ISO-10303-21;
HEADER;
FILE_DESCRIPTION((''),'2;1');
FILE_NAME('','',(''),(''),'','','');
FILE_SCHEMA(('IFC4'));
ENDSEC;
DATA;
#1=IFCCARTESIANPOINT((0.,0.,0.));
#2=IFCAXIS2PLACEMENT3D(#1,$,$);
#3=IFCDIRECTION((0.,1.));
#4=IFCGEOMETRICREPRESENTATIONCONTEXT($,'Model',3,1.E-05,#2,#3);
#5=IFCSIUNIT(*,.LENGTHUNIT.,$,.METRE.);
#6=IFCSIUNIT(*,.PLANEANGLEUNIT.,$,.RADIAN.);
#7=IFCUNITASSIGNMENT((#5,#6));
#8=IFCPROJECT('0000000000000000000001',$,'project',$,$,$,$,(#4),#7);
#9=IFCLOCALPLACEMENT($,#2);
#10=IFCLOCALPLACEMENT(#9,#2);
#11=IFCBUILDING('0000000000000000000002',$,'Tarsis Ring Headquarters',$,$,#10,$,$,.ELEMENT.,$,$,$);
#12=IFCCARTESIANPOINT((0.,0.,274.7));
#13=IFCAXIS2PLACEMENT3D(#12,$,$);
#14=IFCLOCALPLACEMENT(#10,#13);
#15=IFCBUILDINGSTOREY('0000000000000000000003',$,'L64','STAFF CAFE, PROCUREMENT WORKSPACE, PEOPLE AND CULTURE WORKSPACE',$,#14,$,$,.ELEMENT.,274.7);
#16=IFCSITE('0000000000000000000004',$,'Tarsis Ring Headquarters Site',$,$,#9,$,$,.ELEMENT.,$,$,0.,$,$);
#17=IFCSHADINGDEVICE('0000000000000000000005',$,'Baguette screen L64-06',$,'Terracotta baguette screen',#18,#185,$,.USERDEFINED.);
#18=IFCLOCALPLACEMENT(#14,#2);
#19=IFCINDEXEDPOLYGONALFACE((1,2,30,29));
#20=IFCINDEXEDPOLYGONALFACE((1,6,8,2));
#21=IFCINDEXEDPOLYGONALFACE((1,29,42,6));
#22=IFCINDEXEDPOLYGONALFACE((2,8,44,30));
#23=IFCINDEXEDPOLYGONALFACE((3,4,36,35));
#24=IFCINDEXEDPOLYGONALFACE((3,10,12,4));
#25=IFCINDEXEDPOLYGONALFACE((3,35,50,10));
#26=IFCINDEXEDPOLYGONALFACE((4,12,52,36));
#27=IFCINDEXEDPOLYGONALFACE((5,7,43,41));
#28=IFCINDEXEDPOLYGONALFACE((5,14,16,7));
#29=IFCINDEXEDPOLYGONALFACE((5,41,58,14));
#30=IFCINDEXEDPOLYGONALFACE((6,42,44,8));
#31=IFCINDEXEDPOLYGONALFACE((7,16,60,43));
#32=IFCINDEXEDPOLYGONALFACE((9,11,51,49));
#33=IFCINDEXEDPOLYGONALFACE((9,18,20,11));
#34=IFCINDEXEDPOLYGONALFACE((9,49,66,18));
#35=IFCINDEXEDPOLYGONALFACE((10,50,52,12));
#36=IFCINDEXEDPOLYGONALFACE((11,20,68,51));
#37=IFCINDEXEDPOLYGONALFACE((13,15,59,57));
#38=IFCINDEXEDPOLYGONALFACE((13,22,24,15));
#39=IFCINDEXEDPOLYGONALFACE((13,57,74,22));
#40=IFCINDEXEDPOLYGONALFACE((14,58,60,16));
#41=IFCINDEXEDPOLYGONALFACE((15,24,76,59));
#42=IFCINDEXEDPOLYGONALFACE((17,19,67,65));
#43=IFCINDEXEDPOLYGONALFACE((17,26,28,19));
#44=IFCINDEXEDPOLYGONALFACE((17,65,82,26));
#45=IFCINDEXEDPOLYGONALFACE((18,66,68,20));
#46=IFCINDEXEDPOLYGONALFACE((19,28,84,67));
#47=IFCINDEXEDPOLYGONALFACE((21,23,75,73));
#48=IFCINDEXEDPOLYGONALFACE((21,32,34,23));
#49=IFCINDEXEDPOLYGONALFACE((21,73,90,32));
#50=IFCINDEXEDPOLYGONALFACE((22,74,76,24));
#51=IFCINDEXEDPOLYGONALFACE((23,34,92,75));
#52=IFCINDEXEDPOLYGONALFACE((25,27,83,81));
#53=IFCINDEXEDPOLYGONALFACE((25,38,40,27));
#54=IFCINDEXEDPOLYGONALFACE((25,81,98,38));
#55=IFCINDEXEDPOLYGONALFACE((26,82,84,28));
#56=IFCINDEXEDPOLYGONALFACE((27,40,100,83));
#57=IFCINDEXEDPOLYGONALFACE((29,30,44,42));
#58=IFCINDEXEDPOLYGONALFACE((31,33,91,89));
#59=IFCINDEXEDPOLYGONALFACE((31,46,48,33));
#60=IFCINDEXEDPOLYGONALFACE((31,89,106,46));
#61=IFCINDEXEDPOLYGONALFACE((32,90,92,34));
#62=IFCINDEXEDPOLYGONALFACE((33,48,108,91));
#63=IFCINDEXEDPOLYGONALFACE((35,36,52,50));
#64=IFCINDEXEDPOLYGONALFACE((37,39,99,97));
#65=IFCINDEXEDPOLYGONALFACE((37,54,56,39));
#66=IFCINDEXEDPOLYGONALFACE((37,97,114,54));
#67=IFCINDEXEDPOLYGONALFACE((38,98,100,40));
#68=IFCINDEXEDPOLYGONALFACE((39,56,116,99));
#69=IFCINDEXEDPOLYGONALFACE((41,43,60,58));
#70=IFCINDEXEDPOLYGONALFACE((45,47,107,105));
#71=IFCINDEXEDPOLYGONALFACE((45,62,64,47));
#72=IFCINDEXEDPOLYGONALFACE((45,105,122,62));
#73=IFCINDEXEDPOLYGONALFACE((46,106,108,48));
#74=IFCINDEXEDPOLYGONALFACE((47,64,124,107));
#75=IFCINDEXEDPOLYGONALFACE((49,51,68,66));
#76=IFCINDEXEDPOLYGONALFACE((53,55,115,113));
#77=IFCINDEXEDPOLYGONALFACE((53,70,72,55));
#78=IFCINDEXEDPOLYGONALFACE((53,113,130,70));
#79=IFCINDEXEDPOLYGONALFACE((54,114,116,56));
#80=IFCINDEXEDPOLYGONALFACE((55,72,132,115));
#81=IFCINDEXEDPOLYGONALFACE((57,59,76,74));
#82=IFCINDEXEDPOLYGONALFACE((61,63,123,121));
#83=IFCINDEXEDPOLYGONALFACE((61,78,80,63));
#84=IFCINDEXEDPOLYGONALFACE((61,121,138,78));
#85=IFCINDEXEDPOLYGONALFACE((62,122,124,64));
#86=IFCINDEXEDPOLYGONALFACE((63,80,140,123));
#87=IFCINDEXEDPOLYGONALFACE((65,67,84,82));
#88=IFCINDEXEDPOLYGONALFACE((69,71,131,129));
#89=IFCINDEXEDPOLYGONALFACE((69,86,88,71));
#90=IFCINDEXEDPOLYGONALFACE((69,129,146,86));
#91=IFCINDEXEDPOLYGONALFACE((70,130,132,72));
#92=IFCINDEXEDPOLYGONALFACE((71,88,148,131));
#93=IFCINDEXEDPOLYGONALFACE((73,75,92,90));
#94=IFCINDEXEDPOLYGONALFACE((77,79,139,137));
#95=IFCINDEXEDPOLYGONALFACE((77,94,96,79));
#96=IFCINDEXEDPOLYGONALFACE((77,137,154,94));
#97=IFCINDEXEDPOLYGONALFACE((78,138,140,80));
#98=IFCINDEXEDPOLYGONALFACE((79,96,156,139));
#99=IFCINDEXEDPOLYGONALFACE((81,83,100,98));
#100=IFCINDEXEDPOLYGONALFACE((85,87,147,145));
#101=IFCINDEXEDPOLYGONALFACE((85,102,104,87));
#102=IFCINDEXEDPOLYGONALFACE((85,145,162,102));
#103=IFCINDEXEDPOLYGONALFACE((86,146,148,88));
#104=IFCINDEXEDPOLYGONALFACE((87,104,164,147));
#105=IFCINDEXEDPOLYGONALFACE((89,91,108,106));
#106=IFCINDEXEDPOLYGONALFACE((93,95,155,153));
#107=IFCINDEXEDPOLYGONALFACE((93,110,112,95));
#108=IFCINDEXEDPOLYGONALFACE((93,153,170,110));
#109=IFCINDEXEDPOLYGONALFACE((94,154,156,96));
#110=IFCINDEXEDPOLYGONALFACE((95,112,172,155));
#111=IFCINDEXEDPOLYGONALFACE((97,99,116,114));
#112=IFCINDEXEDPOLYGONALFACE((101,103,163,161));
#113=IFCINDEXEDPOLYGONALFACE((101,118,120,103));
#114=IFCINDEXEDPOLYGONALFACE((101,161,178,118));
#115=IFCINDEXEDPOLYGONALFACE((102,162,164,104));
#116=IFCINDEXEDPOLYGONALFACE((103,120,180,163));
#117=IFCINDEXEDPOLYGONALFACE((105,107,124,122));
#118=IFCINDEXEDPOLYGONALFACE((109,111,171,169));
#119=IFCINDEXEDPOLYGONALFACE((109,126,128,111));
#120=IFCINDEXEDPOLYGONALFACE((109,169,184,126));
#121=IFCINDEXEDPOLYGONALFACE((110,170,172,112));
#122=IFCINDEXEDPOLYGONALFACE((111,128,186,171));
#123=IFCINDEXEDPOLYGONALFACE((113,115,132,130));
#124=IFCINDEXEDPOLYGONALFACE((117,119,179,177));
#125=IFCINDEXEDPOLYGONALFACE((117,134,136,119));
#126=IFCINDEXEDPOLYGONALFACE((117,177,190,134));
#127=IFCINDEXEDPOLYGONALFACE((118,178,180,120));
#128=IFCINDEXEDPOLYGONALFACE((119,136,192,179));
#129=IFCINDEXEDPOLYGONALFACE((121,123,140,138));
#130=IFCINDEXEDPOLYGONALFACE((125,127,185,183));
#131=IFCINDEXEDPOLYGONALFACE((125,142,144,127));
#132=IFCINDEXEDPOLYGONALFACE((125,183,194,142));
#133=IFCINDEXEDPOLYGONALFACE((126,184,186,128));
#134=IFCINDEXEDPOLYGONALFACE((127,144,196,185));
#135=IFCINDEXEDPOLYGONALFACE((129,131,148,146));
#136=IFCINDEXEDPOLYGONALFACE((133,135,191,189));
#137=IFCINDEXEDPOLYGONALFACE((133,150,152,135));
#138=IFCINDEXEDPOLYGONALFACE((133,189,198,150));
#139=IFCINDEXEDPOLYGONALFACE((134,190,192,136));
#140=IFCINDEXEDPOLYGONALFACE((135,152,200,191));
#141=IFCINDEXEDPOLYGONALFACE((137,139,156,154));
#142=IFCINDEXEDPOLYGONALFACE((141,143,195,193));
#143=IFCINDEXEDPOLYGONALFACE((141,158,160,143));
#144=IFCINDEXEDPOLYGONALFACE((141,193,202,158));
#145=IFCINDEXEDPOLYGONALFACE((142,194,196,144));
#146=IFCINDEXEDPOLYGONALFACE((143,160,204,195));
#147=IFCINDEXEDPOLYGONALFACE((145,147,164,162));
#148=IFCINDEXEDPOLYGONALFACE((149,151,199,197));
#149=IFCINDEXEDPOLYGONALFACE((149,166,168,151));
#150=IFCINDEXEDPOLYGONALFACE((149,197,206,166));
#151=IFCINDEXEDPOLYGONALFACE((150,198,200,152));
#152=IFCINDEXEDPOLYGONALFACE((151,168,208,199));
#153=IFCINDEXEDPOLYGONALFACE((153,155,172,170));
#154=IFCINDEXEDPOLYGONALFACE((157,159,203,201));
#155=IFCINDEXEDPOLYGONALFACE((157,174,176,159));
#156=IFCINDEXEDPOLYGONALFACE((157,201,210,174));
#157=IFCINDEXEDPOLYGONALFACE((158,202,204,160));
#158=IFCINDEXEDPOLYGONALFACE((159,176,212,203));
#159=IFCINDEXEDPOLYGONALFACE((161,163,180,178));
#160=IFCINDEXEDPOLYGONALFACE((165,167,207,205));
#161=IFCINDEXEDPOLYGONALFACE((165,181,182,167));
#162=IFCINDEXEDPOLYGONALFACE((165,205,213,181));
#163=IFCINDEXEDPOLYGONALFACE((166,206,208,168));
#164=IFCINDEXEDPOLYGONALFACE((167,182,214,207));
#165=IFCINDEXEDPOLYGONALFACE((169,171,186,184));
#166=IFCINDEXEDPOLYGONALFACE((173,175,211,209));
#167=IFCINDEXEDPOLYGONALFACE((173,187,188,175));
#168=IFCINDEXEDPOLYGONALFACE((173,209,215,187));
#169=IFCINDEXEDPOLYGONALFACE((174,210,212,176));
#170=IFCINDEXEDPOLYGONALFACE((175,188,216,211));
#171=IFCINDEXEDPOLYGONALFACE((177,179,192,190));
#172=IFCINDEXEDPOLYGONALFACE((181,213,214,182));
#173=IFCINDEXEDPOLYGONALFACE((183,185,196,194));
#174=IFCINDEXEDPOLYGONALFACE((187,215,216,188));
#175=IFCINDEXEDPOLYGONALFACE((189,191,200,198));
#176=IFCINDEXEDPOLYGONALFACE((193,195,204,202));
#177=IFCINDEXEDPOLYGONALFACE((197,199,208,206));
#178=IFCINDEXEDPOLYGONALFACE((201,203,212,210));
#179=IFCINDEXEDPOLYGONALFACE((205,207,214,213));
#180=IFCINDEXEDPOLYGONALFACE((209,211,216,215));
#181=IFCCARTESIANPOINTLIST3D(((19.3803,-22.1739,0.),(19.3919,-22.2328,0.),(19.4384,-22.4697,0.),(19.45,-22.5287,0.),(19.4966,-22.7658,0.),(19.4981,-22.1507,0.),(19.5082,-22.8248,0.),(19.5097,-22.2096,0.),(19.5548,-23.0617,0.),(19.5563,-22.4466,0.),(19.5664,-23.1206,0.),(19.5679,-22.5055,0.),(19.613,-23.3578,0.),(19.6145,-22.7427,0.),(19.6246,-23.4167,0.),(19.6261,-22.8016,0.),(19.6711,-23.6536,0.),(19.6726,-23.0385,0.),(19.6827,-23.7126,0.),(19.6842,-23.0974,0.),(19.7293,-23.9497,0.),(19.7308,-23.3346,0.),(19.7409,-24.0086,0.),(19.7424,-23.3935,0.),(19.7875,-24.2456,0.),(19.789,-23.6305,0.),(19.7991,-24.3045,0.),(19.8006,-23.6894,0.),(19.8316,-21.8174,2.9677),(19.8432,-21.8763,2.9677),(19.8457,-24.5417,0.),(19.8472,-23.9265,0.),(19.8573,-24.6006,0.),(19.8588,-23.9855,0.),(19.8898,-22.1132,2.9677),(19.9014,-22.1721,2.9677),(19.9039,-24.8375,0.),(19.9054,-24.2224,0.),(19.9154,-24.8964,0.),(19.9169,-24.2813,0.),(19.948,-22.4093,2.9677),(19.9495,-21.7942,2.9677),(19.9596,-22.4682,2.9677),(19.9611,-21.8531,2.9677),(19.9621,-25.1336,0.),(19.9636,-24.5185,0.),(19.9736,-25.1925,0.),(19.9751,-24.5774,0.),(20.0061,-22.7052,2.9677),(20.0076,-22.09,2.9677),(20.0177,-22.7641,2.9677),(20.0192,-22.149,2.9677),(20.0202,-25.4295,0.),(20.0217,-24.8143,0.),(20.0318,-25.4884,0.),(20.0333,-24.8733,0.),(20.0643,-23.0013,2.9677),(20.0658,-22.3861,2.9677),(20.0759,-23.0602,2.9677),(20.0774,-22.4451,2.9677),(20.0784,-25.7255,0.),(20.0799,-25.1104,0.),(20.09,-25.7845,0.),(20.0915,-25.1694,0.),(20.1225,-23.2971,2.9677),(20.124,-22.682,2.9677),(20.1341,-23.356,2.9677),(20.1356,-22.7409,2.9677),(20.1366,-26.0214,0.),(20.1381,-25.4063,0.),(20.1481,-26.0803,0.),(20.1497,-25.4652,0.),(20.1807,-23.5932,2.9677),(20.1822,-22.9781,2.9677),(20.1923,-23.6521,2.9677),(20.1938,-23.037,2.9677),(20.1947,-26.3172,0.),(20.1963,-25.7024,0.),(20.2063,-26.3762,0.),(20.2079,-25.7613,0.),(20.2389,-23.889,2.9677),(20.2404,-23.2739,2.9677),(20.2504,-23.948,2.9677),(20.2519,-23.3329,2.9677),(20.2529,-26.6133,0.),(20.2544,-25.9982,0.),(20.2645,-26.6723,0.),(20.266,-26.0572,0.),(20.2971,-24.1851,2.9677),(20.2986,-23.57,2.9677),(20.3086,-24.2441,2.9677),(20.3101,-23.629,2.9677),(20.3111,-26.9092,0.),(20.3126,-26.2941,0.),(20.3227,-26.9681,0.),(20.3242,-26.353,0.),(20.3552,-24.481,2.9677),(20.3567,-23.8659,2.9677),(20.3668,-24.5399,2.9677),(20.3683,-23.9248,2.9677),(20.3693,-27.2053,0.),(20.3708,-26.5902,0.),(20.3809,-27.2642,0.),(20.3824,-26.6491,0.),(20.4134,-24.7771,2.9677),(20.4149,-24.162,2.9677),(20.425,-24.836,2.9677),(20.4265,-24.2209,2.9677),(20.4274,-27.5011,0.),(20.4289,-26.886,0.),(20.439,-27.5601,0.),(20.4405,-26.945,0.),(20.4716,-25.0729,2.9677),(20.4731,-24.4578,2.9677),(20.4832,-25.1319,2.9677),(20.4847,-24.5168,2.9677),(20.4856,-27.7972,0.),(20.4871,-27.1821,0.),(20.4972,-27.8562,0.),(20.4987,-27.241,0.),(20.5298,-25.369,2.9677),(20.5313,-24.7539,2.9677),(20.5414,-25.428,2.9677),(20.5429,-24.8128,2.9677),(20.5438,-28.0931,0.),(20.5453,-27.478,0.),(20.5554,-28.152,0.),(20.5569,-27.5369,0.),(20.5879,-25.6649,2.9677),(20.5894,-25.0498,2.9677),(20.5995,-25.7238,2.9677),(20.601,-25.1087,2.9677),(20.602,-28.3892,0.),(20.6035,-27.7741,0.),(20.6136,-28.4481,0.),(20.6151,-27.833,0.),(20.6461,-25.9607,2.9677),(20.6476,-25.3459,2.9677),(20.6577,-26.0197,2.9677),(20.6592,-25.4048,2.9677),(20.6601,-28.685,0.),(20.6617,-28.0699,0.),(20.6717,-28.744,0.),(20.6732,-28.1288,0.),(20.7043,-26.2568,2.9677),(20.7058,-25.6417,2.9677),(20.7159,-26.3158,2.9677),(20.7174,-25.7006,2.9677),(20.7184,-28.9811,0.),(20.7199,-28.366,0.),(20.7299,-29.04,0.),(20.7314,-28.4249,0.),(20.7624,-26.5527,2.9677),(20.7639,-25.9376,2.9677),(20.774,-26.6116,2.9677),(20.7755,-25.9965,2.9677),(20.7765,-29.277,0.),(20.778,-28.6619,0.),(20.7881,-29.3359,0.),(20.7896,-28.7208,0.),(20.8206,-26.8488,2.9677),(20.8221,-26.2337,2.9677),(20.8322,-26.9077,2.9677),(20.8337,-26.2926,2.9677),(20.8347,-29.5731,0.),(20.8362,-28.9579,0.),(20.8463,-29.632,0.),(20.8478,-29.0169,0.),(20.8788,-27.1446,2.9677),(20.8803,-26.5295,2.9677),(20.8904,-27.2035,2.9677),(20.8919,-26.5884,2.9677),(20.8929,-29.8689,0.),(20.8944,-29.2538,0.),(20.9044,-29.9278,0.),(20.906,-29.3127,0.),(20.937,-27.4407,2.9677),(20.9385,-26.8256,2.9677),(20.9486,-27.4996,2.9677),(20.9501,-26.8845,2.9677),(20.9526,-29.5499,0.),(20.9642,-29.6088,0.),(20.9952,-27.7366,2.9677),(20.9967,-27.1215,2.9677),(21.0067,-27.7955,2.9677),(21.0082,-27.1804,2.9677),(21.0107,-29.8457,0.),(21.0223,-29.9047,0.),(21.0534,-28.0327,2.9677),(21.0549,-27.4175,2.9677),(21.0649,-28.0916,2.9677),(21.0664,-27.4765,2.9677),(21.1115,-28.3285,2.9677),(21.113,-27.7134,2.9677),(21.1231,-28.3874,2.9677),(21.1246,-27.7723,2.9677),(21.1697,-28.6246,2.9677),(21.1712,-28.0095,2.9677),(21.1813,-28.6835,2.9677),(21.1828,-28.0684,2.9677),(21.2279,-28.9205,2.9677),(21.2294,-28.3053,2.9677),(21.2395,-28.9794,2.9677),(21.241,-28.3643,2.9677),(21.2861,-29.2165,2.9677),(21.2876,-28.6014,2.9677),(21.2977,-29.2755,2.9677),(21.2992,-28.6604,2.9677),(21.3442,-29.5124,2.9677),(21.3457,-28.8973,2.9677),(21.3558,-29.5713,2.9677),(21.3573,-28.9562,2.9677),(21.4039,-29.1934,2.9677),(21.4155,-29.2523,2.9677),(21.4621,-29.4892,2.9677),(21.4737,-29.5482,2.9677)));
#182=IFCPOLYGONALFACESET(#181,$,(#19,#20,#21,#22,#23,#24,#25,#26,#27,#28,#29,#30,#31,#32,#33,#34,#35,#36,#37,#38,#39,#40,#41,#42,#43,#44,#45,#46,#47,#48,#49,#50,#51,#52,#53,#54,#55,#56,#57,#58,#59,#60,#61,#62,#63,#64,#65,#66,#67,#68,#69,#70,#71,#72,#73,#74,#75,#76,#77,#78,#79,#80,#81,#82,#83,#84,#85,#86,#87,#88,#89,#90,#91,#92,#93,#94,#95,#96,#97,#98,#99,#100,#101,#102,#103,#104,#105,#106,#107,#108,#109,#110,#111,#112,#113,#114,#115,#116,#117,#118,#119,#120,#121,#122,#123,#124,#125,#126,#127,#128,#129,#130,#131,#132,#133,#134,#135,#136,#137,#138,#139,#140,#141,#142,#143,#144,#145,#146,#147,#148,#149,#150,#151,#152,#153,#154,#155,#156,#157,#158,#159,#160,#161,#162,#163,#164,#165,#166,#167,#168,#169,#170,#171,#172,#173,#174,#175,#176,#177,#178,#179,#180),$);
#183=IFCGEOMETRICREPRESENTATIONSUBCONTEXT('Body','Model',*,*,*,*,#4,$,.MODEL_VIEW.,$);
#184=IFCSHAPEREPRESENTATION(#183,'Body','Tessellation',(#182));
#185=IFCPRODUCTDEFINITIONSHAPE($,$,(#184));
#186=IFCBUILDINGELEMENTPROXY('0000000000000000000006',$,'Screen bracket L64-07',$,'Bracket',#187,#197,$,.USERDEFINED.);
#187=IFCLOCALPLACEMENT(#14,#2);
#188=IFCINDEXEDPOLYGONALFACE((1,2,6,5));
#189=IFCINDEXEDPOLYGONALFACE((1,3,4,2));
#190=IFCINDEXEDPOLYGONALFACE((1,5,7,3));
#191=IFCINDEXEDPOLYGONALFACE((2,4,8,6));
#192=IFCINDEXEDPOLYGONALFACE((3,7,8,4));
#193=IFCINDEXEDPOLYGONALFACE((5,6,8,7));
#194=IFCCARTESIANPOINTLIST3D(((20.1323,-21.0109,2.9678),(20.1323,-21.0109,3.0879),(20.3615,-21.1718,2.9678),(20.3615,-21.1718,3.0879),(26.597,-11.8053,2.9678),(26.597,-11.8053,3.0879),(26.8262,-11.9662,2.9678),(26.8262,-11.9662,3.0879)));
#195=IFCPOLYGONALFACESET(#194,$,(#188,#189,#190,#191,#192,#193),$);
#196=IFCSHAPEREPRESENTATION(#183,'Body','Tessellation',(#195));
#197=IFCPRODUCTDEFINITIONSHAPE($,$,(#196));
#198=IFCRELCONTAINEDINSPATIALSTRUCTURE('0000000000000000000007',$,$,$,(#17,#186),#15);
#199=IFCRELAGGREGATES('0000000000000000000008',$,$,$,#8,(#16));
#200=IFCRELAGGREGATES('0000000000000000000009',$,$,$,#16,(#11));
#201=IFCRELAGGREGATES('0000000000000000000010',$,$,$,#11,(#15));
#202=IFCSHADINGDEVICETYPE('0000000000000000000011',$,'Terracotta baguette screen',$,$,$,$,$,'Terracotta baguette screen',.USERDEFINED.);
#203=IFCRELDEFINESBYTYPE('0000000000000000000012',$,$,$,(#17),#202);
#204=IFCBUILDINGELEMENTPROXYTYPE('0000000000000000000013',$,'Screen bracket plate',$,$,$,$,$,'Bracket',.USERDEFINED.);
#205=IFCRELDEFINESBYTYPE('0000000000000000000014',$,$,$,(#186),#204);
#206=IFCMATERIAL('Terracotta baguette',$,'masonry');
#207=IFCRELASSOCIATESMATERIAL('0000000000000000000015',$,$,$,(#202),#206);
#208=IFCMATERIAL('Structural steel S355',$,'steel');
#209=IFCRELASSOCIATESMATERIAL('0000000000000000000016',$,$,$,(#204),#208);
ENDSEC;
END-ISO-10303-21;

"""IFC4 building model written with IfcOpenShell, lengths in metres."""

from ifc_helpers import new_model, si_unit, direction, frame, frame_2d, origin, origin_2d, place, context, subcontext, project, spatial, rectangle, composite_profile, extrude, material, type_object, element, save


model = new_model("IFC4")

# Units and contexts
model_context = context("Model", 3, precision=1e-05, world=origin(), true_north=direction((0.0, 1.0)))
body_context = subcontext(model_context, "Body", "Model", "MODEL_VIEW")
ifc_project = project(units=[si_unit("LENGTHUNIT", "METRE"), si_unit("PLANEANGLEUNIT", "RADIAN")], contexts=[model_context])

# Site, building, storey
site_placement = place(None, origin())
site = spatial("IfcSite", under=ifc_project, at=site_placement, Name="Tarsis Ring Headquarters Site", CompositionType="ELEMENT", RefElevation=0.0)
building_placement = place(site_placement, origin())
building = spatial("IfcBuilding", under=site, at=building_placement, Name="Tarsis Ring Headquarters", CompositionType="ELEMENT")
storey_placement = place(building_placement, frame((0.0, 0.0, 274.7)))
storey = spatial("IfcBuildingStorey", under=building, at=storey_placement, Name="L64", Description="STAFF CAFE, PROCUREMENT WORKSPACE, PEOPLE AND CULTURE WORKSPACE", CompositionType="ELEMENT", Elevation=274.7)

# Shared definitions
ifc_material_1 = material(Name="Structural steel S355", Category="steel")

# Shading device
ifc_material_2 = material(Name="Terracotta baguette", Category="masonry")
shading_device_type = type_object("IfcShadingDeviceType", Name="Terracotta baguette screen", ElementType="Terracotta baguette screen", PredefinedType="USERDEFINED", material=ifc_material_2)
shading_device_1_placement = place(storey_placement, frame((20.9634, -29.9163, 0.0), z_axis=(0.0, 0.0, 1.0), x_axis=(-0.192876, 0.981216, 0.0)))
element("IfcShadingDevice", 1, at=shading_device_1_placement, inside=storey, type_object=shading_device_type, Name="Baguette screen L64-06", ObjectType="Terracotta baguette screen", PredefinedType="USERDEFINED", context=body_context, shape_type="SweptSolid", body=[
    extrude(composite_profile([rectangle(XDim=0.0601, YDim=0.1201, at=frame_2d((0.03, 0.0))), rectangle(XDim=0.0601, YDim=0.1201, at=frame_2d((0.3315, 0.0))), rectangle(XDim=0.0601, YDim=0.1201, at=frame_2d((0.6333, 0.0))), rectangle(XDim=0.0601, YDim=0.1201, at=frame_2d((0.9348, 0.0))), rectangle(XDim=0.0601, YDim=0.1201, at=frame_2d((1.2366, 0.0))), rectangle(XDim=0.0601, YDim=0.1201, at=frame_2d((1.5381, 0.0))), rectangle(XDim=0.0601, YDim=0.1201, at=frame_2d((1.8398, 0.0))), rectangle(XDim=0.0601, YDim=0.1201, at=frame_2d((2.1414, 0.0))), rectangle(XDim=0.0601, YDim=0.1201, at=frame_2d((2.4431, 0.0))), rectangle(XDim=0.0601, YDim=0.1201, at=frame_2d((2.7446, 0.0))), rectangle(XDim=0.0601, YDim=0.1201, at=frame_2d((3.0464, 0.0))), rectangle(XDim=0.0601, YDim=0.1201, at=frame_2d((3.3479, 0.0))), rectangle(XDim=0.0601, YDim=0.1201, at=frame_2d((3.6497, 0.0))), rectangle(XDim=0.0601, YDim=0.1201, at=frame_2d((3.9512, 0.0))), rectangle(XDim=0.0601, YDim=0.1201, at=frame_2d((4.2527, 0.0))), rectangle(XDim=0.0601, YDim=0.1201, at=frame_2d((4.5544, 0.0))), rectangle(XDim=0.0601, YDim=0.1201, at=frame_2d((4.856, 0.0))), rectangle(XDim=0.0601, YDim=0.1201, at=frame_2d((5.1577, 0.0))), rectangle(XDim=0.0601, YDim=0.1201, at=frame_2d((5.4592, 0.0))), rectangle(XDim=0.0601, YDim=0.1201, at=frame_2d((5.761, 0.0))), rectangle(XDim=0.0601, YDim=0.1201, at=frame_2d((6.0625, 0.0))), rectangle(XDim=0.0601, YDim=0.1201, at=frame_2d((6.3643, 0.0))), rectangle(XDim=0.0601, YDim=0.1201, at=frame_2d((6.6658, 0.0))), rectangle(XDim=0.0601, YDim=0.1201, at=frame_2d((6.9675, 0.0))), rectangle(XDim=0.0601, YDim=0.1201, at=frame_2d((7.269, 0.0))), rectangle(XDim=0.0601, YDim=0.1201, at=frame_2d((7.5708, 0.0))), rectangle(XDim=0.0601, YDim=0.1201, at=frame_2d((7.8723, 0.0)))]), origin(), (0.086924, -0.169256, 0.981731), 3.0229),
])

# Building element proxy
building_element_proxy_type = type_object("IfcBuildingElementProxyType", Name="Screen bracket plate", ElementType="Bracket", PredefinedType="USERDEFINED", material=ifc_material_1)
proxy_placement = place(storey_placement, frame((23.4792, -16.4885, 2.9678), z_axis=(0.0, 0.0, 1.0), x_axis=(0.574701, 0.818363, 0.0)))
element("IfcBuildingElementProxy", 2, at=proxy_placement, inside=storey, type_object=building_element_proxy_type, Name="Screen bracket L64-07", ObjectType="Bracket", PredefinedType="USERDEFINED", context=body_context, shape_type="SweptSolid", body=[
    extrude(rectangle(XDim=11.2488, YDim=0.28, at=origin_2d()), origin(), (0.0, 0.0, 1.0), 0.1201),
])

save(model, "model.ifc")
